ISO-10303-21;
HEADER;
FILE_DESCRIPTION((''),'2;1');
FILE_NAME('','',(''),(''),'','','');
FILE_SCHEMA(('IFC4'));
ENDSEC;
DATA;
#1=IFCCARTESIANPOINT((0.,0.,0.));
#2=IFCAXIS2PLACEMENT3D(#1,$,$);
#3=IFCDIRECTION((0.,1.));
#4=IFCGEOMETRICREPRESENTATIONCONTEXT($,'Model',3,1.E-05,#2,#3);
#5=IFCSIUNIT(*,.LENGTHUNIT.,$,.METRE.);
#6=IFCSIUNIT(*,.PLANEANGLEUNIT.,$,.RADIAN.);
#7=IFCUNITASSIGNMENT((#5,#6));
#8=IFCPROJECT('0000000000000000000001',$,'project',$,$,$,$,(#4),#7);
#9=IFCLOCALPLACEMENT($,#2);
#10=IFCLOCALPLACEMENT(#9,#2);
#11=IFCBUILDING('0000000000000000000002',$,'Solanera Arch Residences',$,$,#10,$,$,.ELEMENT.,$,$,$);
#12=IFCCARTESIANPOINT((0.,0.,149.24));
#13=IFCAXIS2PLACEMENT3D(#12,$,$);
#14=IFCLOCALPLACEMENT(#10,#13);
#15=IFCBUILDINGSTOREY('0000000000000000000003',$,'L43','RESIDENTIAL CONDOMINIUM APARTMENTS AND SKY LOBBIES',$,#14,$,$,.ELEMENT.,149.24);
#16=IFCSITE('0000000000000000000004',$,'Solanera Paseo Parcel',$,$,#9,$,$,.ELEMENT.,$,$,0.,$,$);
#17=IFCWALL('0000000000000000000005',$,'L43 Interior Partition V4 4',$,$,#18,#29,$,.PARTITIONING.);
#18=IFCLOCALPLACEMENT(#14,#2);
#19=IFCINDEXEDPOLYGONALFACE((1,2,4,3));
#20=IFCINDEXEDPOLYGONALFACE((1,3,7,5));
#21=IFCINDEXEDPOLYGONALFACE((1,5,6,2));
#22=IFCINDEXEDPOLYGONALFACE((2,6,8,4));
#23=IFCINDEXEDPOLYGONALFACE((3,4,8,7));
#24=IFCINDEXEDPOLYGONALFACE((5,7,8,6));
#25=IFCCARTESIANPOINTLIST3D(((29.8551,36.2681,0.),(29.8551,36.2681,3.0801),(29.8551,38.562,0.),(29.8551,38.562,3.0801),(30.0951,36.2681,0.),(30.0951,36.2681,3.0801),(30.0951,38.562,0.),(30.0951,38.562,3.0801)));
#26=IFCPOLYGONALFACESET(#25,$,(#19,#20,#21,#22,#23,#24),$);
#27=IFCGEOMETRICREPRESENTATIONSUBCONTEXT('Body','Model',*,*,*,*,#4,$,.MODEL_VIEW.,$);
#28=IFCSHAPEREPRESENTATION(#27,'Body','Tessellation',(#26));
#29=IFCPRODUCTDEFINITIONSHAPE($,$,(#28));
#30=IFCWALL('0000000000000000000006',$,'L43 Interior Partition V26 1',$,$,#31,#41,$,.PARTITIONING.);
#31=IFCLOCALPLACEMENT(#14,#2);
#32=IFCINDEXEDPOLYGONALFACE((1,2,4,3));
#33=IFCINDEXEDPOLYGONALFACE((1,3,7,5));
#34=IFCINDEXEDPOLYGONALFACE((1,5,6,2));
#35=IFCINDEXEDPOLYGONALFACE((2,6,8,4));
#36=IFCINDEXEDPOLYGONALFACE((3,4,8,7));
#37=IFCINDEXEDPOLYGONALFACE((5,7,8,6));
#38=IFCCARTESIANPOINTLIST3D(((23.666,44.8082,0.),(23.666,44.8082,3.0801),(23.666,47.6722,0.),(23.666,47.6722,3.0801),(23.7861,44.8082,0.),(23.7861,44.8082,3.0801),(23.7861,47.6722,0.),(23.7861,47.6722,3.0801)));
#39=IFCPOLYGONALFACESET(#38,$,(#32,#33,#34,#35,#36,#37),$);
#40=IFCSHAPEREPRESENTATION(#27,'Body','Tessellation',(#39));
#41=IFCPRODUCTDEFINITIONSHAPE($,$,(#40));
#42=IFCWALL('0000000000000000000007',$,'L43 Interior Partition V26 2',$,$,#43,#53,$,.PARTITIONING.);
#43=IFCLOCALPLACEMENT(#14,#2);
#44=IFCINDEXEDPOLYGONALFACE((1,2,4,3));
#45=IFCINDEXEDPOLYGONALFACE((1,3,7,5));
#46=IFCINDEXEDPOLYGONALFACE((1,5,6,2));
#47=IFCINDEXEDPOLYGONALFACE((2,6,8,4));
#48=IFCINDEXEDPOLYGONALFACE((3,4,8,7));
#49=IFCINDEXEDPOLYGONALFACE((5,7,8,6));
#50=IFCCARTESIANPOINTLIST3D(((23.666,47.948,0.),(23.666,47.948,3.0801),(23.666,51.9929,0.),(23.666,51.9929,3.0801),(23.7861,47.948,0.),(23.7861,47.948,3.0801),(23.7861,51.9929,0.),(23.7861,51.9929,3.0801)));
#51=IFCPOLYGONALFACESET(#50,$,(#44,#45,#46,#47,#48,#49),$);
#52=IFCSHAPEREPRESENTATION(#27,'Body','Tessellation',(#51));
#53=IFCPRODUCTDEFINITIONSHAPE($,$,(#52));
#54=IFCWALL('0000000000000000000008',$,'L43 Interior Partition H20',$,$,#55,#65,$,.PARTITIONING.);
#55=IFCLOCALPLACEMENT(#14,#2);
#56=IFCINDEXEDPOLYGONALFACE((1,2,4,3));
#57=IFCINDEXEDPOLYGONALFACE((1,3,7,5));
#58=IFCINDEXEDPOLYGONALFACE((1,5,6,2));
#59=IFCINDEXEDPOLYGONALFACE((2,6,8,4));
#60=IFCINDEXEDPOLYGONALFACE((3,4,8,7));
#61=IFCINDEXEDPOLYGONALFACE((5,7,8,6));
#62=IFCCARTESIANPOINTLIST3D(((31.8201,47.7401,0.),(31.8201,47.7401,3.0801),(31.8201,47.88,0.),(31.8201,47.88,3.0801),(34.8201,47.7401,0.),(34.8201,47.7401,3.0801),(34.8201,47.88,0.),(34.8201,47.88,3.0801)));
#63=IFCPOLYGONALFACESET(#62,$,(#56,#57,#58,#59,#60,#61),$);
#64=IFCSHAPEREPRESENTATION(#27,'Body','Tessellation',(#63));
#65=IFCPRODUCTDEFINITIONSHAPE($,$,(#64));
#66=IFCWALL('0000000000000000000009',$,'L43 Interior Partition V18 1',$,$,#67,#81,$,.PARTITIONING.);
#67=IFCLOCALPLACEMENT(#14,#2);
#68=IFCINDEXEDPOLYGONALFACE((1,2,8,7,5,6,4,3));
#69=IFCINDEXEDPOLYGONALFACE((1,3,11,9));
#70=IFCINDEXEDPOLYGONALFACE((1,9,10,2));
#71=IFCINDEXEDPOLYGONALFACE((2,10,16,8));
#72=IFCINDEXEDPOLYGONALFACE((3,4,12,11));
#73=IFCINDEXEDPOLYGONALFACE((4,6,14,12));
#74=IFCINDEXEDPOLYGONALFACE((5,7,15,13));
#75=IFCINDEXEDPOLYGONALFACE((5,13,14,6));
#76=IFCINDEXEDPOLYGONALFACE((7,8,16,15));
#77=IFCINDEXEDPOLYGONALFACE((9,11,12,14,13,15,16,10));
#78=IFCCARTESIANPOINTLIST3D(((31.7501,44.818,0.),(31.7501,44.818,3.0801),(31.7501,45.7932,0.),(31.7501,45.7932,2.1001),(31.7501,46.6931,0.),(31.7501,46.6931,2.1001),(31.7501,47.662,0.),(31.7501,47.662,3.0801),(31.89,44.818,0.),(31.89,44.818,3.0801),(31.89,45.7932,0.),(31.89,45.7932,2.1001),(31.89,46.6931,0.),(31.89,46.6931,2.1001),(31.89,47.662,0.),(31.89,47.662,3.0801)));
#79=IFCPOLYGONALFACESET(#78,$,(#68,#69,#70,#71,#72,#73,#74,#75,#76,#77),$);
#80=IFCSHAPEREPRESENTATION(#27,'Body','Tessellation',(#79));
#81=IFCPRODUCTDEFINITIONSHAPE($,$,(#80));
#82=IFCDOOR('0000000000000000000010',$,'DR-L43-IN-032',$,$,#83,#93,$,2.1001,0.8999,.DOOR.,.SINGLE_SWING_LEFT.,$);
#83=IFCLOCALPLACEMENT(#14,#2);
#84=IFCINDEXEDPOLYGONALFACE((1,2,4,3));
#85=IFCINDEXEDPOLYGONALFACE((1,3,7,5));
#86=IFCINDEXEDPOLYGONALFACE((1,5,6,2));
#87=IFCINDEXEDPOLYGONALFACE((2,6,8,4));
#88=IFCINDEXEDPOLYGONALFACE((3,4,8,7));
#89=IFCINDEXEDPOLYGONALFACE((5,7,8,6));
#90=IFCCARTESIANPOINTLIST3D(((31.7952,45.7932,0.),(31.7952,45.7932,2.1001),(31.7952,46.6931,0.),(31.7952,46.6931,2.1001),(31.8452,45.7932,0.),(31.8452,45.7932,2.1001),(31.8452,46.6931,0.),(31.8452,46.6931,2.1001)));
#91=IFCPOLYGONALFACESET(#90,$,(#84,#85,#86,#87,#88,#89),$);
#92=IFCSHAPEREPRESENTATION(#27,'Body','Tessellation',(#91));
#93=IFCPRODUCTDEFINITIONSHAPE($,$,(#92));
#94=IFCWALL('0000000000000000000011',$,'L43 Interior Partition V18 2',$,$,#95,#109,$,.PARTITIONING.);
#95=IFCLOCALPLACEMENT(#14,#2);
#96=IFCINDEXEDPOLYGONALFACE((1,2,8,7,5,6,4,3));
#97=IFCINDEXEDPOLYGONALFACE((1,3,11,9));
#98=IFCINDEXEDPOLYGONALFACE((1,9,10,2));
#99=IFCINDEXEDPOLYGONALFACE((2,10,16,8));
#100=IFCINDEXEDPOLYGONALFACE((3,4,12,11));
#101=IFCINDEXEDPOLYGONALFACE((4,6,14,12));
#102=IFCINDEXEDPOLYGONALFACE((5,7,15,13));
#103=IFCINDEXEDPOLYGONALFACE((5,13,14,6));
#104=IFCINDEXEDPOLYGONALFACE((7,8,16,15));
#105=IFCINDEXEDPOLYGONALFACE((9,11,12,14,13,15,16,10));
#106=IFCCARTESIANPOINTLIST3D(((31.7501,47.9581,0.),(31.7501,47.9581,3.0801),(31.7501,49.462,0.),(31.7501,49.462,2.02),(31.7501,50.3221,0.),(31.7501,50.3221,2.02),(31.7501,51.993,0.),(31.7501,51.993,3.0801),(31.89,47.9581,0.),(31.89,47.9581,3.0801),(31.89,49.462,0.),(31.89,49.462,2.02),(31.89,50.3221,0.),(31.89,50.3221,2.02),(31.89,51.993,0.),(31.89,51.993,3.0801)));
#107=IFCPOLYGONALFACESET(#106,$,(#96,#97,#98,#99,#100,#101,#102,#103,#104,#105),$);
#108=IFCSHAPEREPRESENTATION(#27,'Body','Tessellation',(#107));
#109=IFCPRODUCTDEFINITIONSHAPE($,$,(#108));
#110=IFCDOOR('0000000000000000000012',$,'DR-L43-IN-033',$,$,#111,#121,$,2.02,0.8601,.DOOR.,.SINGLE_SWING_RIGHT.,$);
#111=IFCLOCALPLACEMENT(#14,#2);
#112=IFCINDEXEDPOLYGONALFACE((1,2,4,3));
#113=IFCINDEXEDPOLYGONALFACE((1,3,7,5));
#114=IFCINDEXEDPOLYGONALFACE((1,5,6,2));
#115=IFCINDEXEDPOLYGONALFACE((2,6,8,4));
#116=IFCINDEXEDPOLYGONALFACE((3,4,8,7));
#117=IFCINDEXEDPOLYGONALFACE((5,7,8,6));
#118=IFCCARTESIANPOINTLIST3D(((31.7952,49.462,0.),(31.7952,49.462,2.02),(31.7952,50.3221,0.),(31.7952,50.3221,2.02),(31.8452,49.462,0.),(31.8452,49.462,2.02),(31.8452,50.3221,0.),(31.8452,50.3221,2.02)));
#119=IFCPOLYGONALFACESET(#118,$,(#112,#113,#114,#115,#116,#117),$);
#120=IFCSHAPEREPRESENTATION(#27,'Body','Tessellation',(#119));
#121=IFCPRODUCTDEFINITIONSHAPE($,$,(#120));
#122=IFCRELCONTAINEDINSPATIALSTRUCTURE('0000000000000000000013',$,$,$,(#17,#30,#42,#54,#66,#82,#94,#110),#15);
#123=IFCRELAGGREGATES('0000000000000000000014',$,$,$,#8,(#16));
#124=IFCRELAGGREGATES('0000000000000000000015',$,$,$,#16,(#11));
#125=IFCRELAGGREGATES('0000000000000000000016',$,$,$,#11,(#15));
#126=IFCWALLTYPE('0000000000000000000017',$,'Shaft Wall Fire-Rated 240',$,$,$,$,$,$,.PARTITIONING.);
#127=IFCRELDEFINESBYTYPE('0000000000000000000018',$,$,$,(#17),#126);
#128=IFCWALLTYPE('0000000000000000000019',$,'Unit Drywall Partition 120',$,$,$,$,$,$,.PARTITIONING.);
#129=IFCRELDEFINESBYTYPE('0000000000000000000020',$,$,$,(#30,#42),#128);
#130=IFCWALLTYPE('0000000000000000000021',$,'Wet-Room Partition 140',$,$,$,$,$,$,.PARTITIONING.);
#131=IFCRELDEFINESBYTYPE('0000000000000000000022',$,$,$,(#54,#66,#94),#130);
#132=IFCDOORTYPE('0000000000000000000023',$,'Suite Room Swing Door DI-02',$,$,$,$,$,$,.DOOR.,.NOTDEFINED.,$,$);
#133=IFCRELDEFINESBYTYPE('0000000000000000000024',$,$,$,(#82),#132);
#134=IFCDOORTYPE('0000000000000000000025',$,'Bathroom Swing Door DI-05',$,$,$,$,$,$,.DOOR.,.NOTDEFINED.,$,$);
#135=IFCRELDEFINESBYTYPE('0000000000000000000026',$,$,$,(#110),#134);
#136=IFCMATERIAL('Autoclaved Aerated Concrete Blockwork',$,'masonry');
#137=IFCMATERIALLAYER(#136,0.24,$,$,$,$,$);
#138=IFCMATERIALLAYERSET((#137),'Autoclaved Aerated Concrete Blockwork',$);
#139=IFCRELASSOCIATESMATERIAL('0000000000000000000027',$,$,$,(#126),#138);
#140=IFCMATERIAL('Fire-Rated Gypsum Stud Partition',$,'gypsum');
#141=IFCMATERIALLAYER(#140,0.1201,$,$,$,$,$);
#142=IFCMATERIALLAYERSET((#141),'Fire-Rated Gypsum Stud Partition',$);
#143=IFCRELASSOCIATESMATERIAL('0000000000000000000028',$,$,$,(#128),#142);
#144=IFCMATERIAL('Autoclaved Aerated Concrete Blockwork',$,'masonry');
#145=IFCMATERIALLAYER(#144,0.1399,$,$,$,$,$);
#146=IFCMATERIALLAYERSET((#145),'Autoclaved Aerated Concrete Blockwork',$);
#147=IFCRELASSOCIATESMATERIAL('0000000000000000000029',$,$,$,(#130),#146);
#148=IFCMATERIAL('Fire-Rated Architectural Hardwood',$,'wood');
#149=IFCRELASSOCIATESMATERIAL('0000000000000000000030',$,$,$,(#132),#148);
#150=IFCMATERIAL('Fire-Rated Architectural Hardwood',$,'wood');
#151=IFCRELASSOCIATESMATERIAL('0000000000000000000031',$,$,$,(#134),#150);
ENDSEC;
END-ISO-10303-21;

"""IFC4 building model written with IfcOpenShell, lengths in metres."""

from ifc_helpers import new_model, si_unit, direction, frame, frame_2d, origin, place, context, subcontext, project, spatial, rectangle, extrude, material, layer, layer_set, type_object, element, fill, save


model = new_model("IFC4")

# Units and contexts
model_context = context("Model", 3, precision=1e-05, world=origin(), true_north=direction((0.0, 1.0)))
body_context = subcontext(model_context, "Body", "Model", "MODEL_VIEW")
ifc_project = project(units=[si_unit("LENGTHUNIT", "METRE"), si_unit("PLANEANGLEUNIT", "RADIAN")], contexts=[model_context])

# Site, building, storey
site_placement = place(None, origin())
site = spatial("IfcSite", under=ifc_project, at=site_placement, Name="Solanera Paseo Parcel", CompositionType="ELEMENT", RefElevation=0.0)
building_placement = place(site_placement, origin())
building = spatial("IfcBuilding", under=site, at=building_placement, Name="Solanera Arch Residences", CompositionType="ELEMENT")
storey_placement = place(building_placement, frame((0.0, 0.0, 149.24)))
storey = spatial("IfcBuildingStorey", under=building, at=storey_placement, Name="L43", Description="RESIDENTIAL CONDOMINIUM APARTMENTS AND SKY LOBBIES", CompositionType="ELEMENT", Elevation=149.24)

# Walls
ifc_material_1 = material(Name="Autoclaved Aerated Concrete Blockwork", Category="masonry")
ifc_layer_1 = layer(ifc_material_1, 0.24)
ifc_layer_set_1 = layer_set([ifc_layer_1], Name="Autoclaved Aerated Concrete Blockwork")
wall_type_1 = type_object("IfcWallType", Name="Shaft Wall Fire-Rated 240", PredefinedType="PARTITIONING", material=ifc_layer_set_1)
wall_1_placement = place(storey_placement, frame((29.9751, 36.2681, 0.0), z_axis=(0.0, 0.0, 1.0), x_axis=(0.0, 1.0, 0.0)))
element("IfcWall", 1, at=wall_1_placement, inside=storey, type_object=wall_type_1, Name="L43 Interior Partition V4 4", PredefinedType="PARTITIONING", context=body_context, shape_type="SweptSolid", body=[
    extrude(rectangle(XDim=2.2939, YDim=0.24, at=frame_2d((1.147, 0.0))), origin(), (0.0, 0.0, 1.0), 3.0801),
])
ifc_material_2 = material(Name="Fire-Rated Gypsum Stud Partition", Category="gypsum")
ifc_layer_2 = layer(ifc_material_2, 0.1201)
ifc_layer_set_2 = layer_set([ifc_layer_2], Name="Fire-Rated Gypsum Stud Partition")
wall_type_2 = type_object("IfcWallType", Name="Unit Drywall Partition 120", PredefinedType="PARTITIONING", material=ifc_layer_set_2)
wall_2_placement = place(storey_placement, frame((23.7261, 44.8081, 0.0), z_axis=(0.0, 0.0, 1.0), x_axis=(0.0, 1.0, 0.0)))
element("IfcWall", 2, at=wall_2_placement, inside=storey, type_object=wall_type_2, Name="L43 Interior Partition V26 1", PredefinedType="PARTITIONING", context=body_context, shape_type="SweptSolid", body=[
    extrude(rectangle(XDim=2.864, YDim=0.1201, at=frame_2d((1.4321, 0.0))), origin(), (0.0, 0.0, 1.0), 3.0801),
])
wall_3_placement = place(storey_placement, frame((23.7261, 47.948, 0.0), z_axis=(0.0, 0.0, 1.0), x_axis=(0.0, 1.0, 0.0)))
element("IfcWall", 3, at=wall_3_placement, inside=storey, type_object=wall_type_2, Name="L43 Interior Partition V26 2", PredefinedType="PARTITIONING", context=body_context, shape_type="SweptSolid", body=[
    extrude(rectangle(XDim=4.0449, YDim=0.1201, at=frame_2d((2.0225, 0.0))), origin(), (0.0, 0.0, 1.0), 3.0801),
])
ifc_material_3 = material(Name="Autoclaved Aerated Concrete Blockwork", Category="masonry")
ifc_layer_3 = layer(ifc_material_3, 0.1399)
ifc_layer_set_3 = layer_set([ifc_layer_3], Name="Autoclaved Aerated Concrete Blockwork")
wall_type_3 = type_object("IfcWallType", Name="Wet-Room Partition 140", PredefinedType="PARTITIONING", material=ifc_layer_set_3)
wall_4_placement = place(storey_placement, frame((31.8201, 47.8101, 0.0), z_axis=(0.0, 0.0, 1.0), x_axis=(1.0, 0.0, 0.0)))
element("IfcWall", 4, at=wall_4_placement, inside=storey, type_object=wall_type_3, Name="L43 Interior Partition H20", PredefinedType="PARTITIONING", context=body_context, shape_type="SweptSolid", body=[
    extrude(rectangle(XDim=3.0, YDim=0.1399, at=frame_2d((1.5, 0.0))), origin(), (0.0, 0.0, 1.0), 3.0801),
])

# Walls, openings, doors
wall_5_placement = place(storey_placement, frame((31.8201, 44.8181, 0.0), z_axis=(0.0, 0.0, 1.0), x_axis=(0.0, 1.0, 0.0)))
wall_5 = element("IfcWall", 5, at=wall_5_placement, inside=storey, type_object=wall_type_3, Name="L43 Interior Partition V18 1", PredefinedType="PARTITIONING", context=body_context, shape_type="SweptSolid", body=[
    extrude(rectangle(XDim=2.844, YDim=0.1399, at=frame_2d((1.4219, 0.0))), origin(), (0.0, 0.0, 1.0), 3.0801),
])
opening_1_placement = place(wall_5_placement, frame((0.9751, 0.0, 0.0)))
opening_1 = element("IfcOpeningElement", 6, at=opening_1_placement, cuts=wall_5, PredefinedType="OPENING", context=body_context, shape_type="SweptSolid", body=[
    extrude(rectangle(XDim=0.8999, YDim=2.1001, at=frame_2d((0.45, 1.05))), frame((0.0, 0.0798, 0.0), z_axis=(0.0, -1.0, 0.0), x_axis=(1.0, 0.0, 0.0)), (0.0, 0.0, 1.0), 0.1599),
])
ifc_material_4 = material(Name="Fire-Rated Architectural Hardwood", Category="wood")
door_type_1 = type_object("IfcDoorType", Name="Suite Room Swing Door DI-02", OperationType="NOTDEFINED", PredefinedType="DOOR", material=ifc_material_4)
door_1_placement = place(opening_1_placement, origin())
door_1 = element("IfcDoor", 7, at=door_1_placement, inside=storey, type_object=door_type_1, Name="DR-L43-IN-032", OperationType="SINGLE_SWING_LEFT", OverallHeight=2.1001, OverallWidth=0.8999, PredefinedType="DOOR", context=body_context, shape_type="SweptSolid", body=[
    extrude(rectangle(XDim=0.8999, YDim=2.1001, at=frame_2d((0.45, 1.05))), frame((0.0, 0.0249, 0.0), z_axis=(0.0, -1.0, 0.0), x_axis=(1.0, 0.0, 0.0)), (0.0, 0.0, 1.0), 0.05),
])
fill(opening_1, door_1)
wall_6_placement = place(storey_placement, frame((31.8201, 47.958, 0.0), z_axis=(0.0, 0.0, 1.0), x_axis=(0.0, 1.0, 0.0)))
wall_6 = element("IfcWall", 8, at=wall_6_placement, inside=storey, type_object=wall_type_3, Name="L43 Interior Partition V18 2", PredefinedType="PARTITIONING", context=body_context, shape_type="SweptSolid", body=[
    extrude(rectangle(XDim=4.0349, YDim=0.1399, at=frame_2d((2.0176, 0.0))), origin(), (0.0, 0.0, 1.0), 3.0801),
])
opening_2_placement = place(wall_6_placement, frame((1.5039, 0.0, 0.0)))
opening_2 = element("IfcOpeningElement", 9, at=opening_2_placement, cuts=wall_6, PredefinedType="OPENING", context=body_context, shape_type="SweptSolid", body=[
    extrude(rectangle(XDim=0.8601, YDim=2.02, at=frame_2d((0.4302, 1.01))), frame((0.0, 0.0798, 0.0), z_axis=(0.0, -1.0, 0.0), x_axis=(1.0, 0.0, 0.0)), (0.0, 0.0, 1.0), 0.1599),
])
ifc_material_5 = material(Name="Fire-Rated Architectural Hardwood", Category="wood")
door_type_2 = type_object("IfcDoorType", Name="Bathroom Swing Door DI-05", OperationType="NOTDEFINED", PredefinedType="DOOR", material=ifc_material_5)
door_2_placement = place(opening_2_placement, origin())
door_2 = element("IfcDoor", 10, at=door_2_placement, inside=storey, type_object=door_type_2, Name="DR-L43-IN-033", OperationType="SINGLE_SWING_RIGHT", OverallHeight=2.02, OverallWidth=0.8601, PredefinedType="DOOR", context=body_context, shape_type="SweptSolid", body=[
    extrude(rectangle(XDim=0.8601, YDim=2.02, at=frame_2d((0.4302, 1.01))), frame((0.0, 0.0249, 0.0), z_axis=(0.0, -1.0, 0.0), x_axis=(1.0, 0.0, 0.0)), (0.0, 0.0, 1.0), 0.05),
])
fill(opening_2, door_2)

save(model, "model.ifc")
